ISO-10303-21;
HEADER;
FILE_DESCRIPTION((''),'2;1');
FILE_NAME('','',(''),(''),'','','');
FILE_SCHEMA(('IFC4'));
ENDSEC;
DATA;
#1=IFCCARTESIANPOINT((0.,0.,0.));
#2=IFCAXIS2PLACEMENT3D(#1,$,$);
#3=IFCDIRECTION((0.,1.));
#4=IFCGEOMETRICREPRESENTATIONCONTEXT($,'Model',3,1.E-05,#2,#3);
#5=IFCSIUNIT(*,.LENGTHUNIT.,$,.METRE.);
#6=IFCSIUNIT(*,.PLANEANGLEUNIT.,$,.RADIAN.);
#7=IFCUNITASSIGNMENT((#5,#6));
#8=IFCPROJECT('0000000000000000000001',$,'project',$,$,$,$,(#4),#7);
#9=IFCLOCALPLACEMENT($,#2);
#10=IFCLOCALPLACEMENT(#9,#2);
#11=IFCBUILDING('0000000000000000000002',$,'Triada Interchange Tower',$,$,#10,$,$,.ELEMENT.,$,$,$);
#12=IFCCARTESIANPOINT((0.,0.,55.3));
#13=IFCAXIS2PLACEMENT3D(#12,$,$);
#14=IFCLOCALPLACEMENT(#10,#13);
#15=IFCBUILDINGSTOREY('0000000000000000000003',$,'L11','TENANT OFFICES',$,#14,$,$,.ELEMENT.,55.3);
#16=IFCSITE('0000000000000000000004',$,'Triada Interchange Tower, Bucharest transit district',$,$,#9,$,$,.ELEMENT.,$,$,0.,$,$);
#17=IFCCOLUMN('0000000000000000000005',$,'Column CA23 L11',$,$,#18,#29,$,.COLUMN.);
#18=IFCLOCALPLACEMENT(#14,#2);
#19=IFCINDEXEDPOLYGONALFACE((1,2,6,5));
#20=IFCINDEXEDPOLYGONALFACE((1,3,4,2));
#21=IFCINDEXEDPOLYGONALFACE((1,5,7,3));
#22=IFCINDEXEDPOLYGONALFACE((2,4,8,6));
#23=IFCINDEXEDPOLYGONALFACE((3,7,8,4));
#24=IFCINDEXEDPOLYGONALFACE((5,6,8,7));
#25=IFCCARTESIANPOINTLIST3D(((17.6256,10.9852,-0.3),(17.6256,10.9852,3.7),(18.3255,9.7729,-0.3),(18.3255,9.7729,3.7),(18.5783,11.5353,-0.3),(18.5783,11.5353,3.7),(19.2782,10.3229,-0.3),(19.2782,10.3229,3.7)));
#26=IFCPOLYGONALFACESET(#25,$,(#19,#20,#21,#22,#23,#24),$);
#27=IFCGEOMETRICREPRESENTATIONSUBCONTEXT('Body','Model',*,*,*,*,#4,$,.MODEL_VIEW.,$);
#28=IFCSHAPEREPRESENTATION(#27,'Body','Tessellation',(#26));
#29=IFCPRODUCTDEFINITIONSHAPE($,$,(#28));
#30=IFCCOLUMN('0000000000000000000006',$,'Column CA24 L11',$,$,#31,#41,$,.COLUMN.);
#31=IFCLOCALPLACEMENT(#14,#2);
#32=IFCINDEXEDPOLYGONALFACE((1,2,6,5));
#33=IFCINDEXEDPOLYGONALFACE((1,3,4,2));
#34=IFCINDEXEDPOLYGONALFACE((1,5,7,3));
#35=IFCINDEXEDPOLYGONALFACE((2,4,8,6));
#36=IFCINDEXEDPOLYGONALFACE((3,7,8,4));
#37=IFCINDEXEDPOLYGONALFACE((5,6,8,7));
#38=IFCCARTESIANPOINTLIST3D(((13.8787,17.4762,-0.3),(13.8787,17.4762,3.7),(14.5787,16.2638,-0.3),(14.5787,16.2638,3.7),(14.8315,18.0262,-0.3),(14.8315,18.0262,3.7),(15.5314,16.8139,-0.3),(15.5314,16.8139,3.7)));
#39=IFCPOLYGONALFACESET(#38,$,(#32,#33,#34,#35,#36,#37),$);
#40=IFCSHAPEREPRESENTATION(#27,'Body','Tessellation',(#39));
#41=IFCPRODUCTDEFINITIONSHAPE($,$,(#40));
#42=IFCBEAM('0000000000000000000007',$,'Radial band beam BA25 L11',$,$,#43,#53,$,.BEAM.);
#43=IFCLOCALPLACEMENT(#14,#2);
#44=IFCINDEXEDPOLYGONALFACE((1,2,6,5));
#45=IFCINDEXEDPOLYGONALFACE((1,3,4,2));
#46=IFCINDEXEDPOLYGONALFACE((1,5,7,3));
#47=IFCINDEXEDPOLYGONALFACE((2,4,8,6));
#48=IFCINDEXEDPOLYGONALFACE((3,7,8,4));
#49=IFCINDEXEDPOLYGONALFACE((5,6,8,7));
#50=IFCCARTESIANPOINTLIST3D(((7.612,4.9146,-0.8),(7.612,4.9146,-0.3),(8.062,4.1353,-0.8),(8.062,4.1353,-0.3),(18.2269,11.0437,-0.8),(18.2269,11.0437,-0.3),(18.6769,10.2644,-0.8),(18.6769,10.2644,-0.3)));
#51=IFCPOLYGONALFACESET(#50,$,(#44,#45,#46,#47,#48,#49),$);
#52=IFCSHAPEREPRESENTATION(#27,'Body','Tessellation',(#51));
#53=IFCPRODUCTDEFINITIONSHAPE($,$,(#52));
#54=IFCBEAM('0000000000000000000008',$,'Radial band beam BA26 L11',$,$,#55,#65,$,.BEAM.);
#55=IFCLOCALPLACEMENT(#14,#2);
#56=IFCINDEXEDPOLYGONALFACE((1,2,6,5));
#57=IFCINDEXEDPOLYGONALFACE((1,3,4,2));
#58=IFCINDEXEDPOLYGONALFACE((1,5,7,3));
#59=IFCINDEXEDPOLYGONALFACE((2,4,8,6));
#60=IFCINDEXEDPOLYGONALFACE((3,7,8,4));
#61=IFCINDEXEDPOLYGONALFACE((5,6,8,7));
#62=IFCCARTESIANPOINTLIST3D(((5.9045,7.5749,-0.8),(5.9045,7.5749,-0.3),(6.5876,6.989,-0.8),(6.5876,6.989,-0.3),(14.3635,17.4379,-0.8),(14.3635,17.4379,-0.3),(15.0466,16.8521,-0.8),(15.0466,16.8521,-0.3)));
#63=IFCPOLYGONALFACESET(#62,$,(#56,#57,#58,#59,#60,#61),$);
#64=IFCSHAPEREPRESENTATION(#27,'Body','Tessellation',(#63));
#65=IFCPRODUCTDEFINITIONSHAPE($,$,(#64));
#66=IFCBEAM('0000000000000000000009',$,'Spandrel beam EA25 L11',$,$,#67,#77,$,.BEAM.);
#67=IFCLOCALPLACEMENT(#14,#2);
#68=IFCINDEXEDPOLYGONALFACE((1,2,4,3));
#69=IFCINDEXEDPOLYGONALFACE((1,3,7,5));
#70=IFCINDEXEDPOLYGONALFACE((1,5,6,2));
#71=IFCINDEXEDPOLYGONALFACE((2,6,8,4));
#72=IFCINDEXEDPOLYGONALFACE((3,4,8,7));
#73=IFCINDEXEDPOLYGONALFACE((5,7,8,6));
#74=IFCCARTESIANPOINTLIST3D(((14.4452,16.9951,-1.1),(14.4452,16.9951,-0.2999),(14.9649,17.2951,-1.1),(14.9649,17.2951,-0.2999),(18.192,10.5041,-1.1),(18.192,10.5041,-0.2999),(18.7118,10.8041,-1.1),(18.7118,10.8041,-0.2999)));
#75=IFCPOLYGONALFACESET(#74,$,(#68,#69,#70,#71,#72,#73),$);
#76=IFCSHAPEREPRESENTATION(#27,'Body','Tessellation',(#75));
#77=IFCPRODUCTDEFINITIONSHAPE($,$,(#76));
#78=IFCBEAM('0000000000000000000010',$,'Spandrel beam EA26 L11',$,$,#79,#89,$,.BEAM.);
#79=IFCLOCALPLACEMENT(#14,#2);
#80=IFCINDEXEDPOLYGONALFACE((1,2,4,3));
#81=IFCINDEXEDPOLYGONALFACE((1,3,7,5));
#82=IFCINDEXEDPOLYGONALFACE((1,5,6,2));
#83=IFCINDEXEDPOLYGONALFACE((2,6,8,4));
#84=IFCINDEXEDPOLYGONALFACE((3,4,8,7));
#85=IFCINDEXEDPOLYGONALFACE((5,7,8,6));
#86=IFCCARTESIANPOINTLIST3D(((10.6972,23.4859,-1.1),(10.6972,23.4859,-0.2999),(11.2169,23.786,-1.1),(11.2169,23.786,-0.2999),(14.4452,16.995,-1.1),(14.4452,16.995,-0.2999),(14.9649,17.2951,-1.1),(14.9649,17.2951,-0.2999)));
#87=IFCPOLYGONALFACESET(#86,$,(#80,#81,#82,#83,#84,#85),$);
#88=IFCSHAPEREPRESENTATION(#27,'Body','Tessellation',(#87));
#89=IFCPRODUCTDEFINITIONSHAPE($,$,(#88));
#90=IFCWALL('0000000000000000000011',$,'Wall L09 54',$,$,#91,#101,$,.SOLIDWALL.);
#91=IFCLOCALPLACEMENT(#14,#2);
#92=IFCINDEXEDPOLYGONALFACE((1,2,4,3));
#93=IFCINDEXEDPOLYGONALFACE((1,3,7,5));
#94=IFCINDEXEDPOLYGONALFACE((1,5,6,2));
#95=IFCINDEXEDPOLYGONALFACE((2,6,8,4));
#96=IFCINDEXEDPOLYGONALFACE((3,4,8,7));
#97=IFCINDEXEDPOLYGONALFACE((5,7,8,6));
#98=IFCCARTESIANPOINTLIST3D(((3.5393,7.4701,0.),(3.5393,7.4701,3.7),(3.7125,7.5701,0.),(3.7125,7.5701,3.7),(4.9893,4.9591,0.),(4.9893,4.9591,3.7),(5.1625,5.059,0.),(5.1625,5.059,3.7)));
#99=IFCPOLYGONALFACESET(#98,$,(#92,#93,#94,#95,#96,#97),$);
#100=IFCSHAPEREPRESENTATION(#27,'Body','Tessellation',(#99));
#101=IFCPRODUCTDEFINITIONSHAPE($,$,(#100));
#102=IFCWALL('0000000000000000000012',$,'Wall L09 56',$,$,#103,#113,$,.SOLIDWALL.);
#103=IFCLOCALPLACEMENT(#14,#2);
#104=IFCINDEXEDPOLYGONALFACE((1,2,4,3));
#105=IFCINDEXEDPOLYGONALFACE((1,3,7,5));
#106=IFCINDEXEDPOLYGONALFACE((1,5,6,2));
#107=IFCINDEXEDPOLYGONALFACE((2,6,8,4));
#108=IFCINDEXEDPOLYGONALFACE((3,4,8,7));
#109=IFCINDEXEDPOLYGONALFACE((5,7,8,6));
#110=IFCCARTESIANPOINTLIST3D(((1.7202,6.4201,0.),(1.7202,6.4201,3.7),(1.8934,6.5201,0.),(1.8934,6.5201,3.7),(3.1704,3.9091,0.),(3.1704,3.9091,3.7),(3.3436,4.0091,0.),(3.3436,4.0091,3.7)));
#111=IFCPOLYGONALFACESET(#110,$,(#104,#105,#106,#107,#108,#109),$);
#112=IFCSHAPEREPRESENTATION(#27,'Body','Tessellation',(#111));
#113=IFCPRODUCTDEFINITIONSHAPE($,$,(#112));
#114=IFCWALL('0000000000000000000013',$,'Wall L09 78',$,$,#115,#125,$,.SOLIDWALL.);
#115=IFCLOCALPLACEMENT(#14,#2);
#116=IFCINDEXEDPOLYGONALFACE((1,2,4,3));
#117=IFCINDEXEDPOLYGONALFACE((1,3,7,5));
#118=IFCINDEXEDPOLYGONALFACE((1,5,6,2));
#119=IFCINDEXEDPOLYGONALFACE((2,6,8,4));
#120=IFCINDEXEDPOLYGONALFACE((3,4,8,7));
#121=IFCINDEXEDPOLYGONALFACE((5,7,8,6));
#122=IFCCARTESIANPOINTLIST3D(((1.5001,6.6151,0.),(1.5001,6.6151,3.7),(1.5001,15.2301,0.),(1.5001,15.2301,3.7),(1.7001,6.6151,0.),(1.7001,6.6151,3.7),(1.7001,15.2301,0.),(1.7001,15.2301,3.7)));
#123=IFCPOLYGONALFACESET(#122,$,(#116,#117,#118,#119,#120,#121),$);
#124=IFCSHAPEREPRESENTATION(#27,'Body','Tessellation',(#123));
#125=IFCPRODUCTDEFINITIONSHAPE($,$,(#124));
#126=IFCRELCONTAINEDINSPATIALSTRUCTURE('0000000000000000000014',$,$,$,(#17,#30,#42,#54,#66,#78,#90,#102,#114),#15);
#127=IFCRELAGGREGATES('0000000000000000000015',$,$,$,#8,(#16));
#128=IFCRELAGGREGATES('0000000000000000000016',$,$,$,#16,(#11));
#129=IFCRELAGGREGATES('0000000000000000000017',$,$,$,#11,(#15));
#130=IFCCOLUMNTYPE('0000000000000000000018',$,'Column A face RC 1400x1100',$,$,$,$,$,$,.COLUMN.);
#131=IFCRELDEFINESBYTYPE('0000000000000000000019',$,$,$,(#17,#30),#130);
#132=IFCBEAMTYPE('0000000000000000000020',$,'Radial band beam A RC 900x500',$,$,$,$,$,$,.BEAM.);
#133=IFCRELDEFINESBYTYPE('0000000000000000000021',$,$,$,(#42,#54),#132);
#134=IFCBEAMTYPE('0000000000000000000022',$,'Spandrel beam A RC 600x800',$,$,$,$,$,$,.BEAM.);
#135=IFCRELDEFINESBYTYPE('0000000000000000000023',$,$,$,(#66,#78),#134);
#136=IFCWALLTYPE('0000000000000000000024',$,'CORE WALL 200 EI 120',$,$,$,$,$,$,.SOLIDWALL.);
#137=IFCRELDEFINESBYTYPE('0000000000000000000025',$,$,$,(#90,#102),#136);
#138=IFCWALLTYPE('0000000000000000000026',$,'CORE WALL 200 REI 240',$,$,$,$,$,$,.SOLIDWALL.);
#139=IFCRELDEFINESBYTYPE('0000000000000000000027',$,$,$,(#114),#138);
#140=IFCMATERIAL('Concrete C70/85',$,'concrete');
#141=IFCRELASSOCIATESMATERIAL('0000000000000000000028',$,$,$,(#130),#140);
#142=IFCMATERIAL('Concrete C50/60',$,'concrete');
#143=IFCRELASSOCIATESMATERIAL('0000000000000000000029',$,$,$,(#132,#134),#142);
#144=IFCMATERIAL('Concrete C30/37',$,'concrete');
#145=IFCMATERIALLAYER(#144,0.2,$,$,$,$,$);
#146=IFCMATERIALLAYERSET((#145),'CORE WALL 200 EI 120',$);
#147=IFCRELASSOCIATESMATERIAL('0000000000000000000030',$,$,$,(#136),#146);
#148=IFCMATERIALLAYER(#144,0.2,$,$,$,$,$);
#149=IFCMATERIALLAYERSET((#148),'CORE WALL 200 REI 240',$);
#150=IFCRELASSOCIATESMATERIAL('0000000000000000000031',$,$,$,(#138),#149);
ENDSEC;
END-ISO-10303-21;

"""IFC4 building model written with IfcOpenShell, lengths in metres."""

from ifc_helpers import new_model, si_unit, direction, frame, frame_2d, origin, origin_2d, place, context, subcontext, project, spatial, rectangle, extrude, material, layer, layer_set, material_profile, profile_set, type_object, element, save


model = new_model("IFC4")

# Units and contexts
model_context = context("Model", 3, precision=1e-05, world=origin(), true_north=direction((0.0, 1.0)))
body_context = subcontext(model_context, "Body", "Model", "MODEL_VIEW")
ifc_project = project(units=[si_unit("LENGTHUNIT", "METRE"), si_unit("PLANEANGLEUNIT", "RADIAN")], contexts=[model_context])

# Site, building, storey
site_placement = place(None, origin())
site = spatial("IfcSite", under=ifc_project, at=site_placement, Name="Triada Interchange Tower, Bucharest transit district", CompositionType="ELEMENT", RefElevation=0.0)
building_placement = place(site_placement, origin())
building = spatial("IfcBuilding", under=site, at=building_placement, Name="Triada Interchange Tower", CompositionType="ELEMENT")
storey_placement = place(building_placement, frame((0.0, 0.0, 55.3)))
storey = spatial("IfcBuildingStorey", under=building, at=storey_placement, Name="L11", Description="TENANT OFFICES", CompositionType="ELEMENT", Elevation=55.3)

# Columns
ifc_material_1 = material(Name="Concrete C70/85", Category="concrete")
ifc_material_profile_1 = material_profile(ifc_material_1, rectangle(XDim=1.3999, YDim=1.1001, at=origin_2d()), Name="RC 1400x1100")
ifc_profile_set_1 = profile_set([ifc_material_profile_1], Name="Concrete C70/85")
column_type = type_object("IfcColumnType", Name="Column A face RC 1400x1100", PredefinedType="COLUMN", material=ifc_profile_set_1)
for number, where, z_axis, x_axis, name in (
    (1, (18.4519, 10.6541, -0.3), (0.0, 0.0, 1.0), (-0.5, 0.866025, 0.0), "Column CA23 L11"),
    (2, (14.7051, 17.145, -0.3), (0.0, 0.0, 1.0), (-0.5, 0.866025, 0.0), "Column CA24 L11"),
):
    element("IfcColumn", number, at=place(storey_placement, frame(where, z_axis=z_axis, x_axis=x_axis)), inside=storey, type_object=column_type, Name=name, PredefinedType="COLUMN", context=body_context, shape_type="SweptSolid", body=[
        extrude(rectangle(XDim=1.3999, YDim=1.1001, at=origin_2d()), origin(), (0.0, 0.0, 1.0), 4.0),
    ])

# Beams
ifc_material_2 = material(Name="Concrete C50/60", Category="concrete")
ifc_material_profile_2 = material_profile(ifc_material_2, rectangle(XDim=0.8999, YDim=0.5, at=origin_2d()), Name="RC 900x500")
ifc_profile_set_2 = profile_set([ifc_material_profile_2], Name="Concrete C50/60")
beam_type_1 = type_object("IfcBeamType", Name="Radial band beam A RC 900x500", PredefinedType="BEAM", material=ifc_profile_set_2)
beam_1_placement = place(storey_placement, frame((18.4519, 10.6541, -0.55), z_axis=(-0.866005, -0.500036, 0.0), x_axis=(0.500036, -0.866005, 0.0)))
element("IfcBeam", 3, at=beam_1_placement, inside=storey, type_object=beam_type_1, Name="Radial band beam BA25 L11", PredefinedType="BEAM", context=body_context, shape_type="SweptSolid", body=[
    extrude(rectangle(XDim=0.8999, YDim=0.5, at=origin_2d()), origin(), (0.0, 0.0, 1.0), 12.2573),
])
beam_2_placement = place(storey_placement, frame((14.7051, 17.145, -0.55), z_axis=(-0.651011, -0.759068, 0.0), x_axis=(0.759068, -0.651011, 0.0)))
element("IfcBeam", 4, at=beam_2_placement, inside=storey, type_object=beam_type_1, Name="Radial band beam BA26 L11", PredefinedType="BEAM", context=body_context, shape_type="SweptSolid", body=[
    extrude(rectangle(XDim=0.8999, YDim=0.5, at=origin_2d()), origin(), (0.0, 0.0, 1.0), 12.9937),
])
ifc_material_profile_3 = material_profile(ifc_material_2, rectangle(XDim=0.6001, YDim=0.8, at=origin_2d()), Name="RC 600x800")
ifc_profile_set_3 = profile_set([ifc_material_profile_3], Name="Concrete C50/60")
beam_type_2 = type_object("IfcBeamType", Name="Spandrel beam A RC 600x800", PredefinedType="BEAM", material=ifc_profile_set_3)
beam_3_placement = place(storey_placement, frame((18.4519, 10.6541, -0.7), z_axis=(-0.499926, 0.866068, 0.0), x_axis=(-0.866068, -0.499926, 0.0)))
element("IfcBeam", 5, at=beam_3_placement, inside=storey, type_object=beam_type_2, Name="Spandrel beam EA25 L11", PredefinedType="BEAM", context=body_context, shape_type="SweptSolid", body=[
    extrude(rectangle(XDim=0.6001, YDim=0.8, at=origin_2d()), origin(), (0.0, 0.0, 1.0), 7.4949),
])
beam_4_placement = place(storey_placement, frame((14.7051, 17.145, -0.7), z_axis=(-0.500049, 0.865997, 0.0), x_axis=(-0.865997, -0.500049, 0.0)))
element("IfcBeam", 6, at=beam_4_placement, inside=storey, type_object=beam_type_2, Name="Spandrel beam EA26 L11", PredefinedType="BEAM", context=body_context, shape_type="SweptSolid", body=[
    extrude(rectangle(XDim=0.6001, YDim=0.8, at=origin_2d()), origin(), (0.0, 0.0, 1.0), 7.4954),
])

# Walls
ifc_material_3 = material(Name="Concrete C30/37", Category="concrete")
ifc_layer_1 = layer(ifc_material_3, 0.2)
ifc_layer_set_1 = layer_set([ifc_layer_1], Name="CORE WALL 200 EI 120")
wall_type_1 = type_object("IfcWallType", Name="CORE WALL 200 EI 120", PredefinedType="SOLIDWALL", material=ifc_layer_set_1)
for number, where, z_axis, x_axis, name in (
    (7, (3.626, 7.52, 0.0), (0.0, 0.0, 1.0), (0.50006, -0.865991, 0.0), "Wall L09 54"),
    (8, (1.8069, 6.47, 0.0), (0.0, 0.0, 1.0), (0.500123, -0.865954, 0.0), "Wall L09 56"),
):
    element("IfcWall", number, at=place(storey_placement, frame(where, z_axis=z_axis, x_axis=x_axis)), inside=storey, type_object=wall_type_1, Name=name, PredefinedType="SOLIDWALL", context=body_context, shape_type="SweptSolid", body=[
        extrude(rectangle(XDim=2.8997, YDim=0.2, at=frame_2d((1.4497, 0.0))), origin(), (0.0, 0.0, 1.0), 3.7),
    ])
ifc_layer_2 = layer(ifc_material_3, 0.2)
ifc_layer_set_2 = layer_set([ifc_layer_2], Name="CORE WALL 200 REI 240")
wall_type_2 = type_object("IfcWallType", Name="CORE WALL 200 REI 240", PredefinedType="SOLIDWALL", material=ifc_layer_set_2)
wall_1_placement = place(storey_placement, frame((1.6001, 6.615, 0.0), z_axis=(0.0, 0.0, 1.0), x_axis=(0.0, 1.0, 0.0)))
element("IfcWall", 9, at=wall_1_placement, inside=storey, type_object=wall_type_2, Name="Wall L09 78", PredefinedType="SOLIDWALL", context=body_context, shape_type="SweptSolid", body=[
    extrude(rectangle(XDim=8.615, YDim=0.2, at=frame_2d((4.3076, 0.0))), origin(), (0.0, 0.0, 1.0), 3.7),
])

save(model, "model.ifc")
